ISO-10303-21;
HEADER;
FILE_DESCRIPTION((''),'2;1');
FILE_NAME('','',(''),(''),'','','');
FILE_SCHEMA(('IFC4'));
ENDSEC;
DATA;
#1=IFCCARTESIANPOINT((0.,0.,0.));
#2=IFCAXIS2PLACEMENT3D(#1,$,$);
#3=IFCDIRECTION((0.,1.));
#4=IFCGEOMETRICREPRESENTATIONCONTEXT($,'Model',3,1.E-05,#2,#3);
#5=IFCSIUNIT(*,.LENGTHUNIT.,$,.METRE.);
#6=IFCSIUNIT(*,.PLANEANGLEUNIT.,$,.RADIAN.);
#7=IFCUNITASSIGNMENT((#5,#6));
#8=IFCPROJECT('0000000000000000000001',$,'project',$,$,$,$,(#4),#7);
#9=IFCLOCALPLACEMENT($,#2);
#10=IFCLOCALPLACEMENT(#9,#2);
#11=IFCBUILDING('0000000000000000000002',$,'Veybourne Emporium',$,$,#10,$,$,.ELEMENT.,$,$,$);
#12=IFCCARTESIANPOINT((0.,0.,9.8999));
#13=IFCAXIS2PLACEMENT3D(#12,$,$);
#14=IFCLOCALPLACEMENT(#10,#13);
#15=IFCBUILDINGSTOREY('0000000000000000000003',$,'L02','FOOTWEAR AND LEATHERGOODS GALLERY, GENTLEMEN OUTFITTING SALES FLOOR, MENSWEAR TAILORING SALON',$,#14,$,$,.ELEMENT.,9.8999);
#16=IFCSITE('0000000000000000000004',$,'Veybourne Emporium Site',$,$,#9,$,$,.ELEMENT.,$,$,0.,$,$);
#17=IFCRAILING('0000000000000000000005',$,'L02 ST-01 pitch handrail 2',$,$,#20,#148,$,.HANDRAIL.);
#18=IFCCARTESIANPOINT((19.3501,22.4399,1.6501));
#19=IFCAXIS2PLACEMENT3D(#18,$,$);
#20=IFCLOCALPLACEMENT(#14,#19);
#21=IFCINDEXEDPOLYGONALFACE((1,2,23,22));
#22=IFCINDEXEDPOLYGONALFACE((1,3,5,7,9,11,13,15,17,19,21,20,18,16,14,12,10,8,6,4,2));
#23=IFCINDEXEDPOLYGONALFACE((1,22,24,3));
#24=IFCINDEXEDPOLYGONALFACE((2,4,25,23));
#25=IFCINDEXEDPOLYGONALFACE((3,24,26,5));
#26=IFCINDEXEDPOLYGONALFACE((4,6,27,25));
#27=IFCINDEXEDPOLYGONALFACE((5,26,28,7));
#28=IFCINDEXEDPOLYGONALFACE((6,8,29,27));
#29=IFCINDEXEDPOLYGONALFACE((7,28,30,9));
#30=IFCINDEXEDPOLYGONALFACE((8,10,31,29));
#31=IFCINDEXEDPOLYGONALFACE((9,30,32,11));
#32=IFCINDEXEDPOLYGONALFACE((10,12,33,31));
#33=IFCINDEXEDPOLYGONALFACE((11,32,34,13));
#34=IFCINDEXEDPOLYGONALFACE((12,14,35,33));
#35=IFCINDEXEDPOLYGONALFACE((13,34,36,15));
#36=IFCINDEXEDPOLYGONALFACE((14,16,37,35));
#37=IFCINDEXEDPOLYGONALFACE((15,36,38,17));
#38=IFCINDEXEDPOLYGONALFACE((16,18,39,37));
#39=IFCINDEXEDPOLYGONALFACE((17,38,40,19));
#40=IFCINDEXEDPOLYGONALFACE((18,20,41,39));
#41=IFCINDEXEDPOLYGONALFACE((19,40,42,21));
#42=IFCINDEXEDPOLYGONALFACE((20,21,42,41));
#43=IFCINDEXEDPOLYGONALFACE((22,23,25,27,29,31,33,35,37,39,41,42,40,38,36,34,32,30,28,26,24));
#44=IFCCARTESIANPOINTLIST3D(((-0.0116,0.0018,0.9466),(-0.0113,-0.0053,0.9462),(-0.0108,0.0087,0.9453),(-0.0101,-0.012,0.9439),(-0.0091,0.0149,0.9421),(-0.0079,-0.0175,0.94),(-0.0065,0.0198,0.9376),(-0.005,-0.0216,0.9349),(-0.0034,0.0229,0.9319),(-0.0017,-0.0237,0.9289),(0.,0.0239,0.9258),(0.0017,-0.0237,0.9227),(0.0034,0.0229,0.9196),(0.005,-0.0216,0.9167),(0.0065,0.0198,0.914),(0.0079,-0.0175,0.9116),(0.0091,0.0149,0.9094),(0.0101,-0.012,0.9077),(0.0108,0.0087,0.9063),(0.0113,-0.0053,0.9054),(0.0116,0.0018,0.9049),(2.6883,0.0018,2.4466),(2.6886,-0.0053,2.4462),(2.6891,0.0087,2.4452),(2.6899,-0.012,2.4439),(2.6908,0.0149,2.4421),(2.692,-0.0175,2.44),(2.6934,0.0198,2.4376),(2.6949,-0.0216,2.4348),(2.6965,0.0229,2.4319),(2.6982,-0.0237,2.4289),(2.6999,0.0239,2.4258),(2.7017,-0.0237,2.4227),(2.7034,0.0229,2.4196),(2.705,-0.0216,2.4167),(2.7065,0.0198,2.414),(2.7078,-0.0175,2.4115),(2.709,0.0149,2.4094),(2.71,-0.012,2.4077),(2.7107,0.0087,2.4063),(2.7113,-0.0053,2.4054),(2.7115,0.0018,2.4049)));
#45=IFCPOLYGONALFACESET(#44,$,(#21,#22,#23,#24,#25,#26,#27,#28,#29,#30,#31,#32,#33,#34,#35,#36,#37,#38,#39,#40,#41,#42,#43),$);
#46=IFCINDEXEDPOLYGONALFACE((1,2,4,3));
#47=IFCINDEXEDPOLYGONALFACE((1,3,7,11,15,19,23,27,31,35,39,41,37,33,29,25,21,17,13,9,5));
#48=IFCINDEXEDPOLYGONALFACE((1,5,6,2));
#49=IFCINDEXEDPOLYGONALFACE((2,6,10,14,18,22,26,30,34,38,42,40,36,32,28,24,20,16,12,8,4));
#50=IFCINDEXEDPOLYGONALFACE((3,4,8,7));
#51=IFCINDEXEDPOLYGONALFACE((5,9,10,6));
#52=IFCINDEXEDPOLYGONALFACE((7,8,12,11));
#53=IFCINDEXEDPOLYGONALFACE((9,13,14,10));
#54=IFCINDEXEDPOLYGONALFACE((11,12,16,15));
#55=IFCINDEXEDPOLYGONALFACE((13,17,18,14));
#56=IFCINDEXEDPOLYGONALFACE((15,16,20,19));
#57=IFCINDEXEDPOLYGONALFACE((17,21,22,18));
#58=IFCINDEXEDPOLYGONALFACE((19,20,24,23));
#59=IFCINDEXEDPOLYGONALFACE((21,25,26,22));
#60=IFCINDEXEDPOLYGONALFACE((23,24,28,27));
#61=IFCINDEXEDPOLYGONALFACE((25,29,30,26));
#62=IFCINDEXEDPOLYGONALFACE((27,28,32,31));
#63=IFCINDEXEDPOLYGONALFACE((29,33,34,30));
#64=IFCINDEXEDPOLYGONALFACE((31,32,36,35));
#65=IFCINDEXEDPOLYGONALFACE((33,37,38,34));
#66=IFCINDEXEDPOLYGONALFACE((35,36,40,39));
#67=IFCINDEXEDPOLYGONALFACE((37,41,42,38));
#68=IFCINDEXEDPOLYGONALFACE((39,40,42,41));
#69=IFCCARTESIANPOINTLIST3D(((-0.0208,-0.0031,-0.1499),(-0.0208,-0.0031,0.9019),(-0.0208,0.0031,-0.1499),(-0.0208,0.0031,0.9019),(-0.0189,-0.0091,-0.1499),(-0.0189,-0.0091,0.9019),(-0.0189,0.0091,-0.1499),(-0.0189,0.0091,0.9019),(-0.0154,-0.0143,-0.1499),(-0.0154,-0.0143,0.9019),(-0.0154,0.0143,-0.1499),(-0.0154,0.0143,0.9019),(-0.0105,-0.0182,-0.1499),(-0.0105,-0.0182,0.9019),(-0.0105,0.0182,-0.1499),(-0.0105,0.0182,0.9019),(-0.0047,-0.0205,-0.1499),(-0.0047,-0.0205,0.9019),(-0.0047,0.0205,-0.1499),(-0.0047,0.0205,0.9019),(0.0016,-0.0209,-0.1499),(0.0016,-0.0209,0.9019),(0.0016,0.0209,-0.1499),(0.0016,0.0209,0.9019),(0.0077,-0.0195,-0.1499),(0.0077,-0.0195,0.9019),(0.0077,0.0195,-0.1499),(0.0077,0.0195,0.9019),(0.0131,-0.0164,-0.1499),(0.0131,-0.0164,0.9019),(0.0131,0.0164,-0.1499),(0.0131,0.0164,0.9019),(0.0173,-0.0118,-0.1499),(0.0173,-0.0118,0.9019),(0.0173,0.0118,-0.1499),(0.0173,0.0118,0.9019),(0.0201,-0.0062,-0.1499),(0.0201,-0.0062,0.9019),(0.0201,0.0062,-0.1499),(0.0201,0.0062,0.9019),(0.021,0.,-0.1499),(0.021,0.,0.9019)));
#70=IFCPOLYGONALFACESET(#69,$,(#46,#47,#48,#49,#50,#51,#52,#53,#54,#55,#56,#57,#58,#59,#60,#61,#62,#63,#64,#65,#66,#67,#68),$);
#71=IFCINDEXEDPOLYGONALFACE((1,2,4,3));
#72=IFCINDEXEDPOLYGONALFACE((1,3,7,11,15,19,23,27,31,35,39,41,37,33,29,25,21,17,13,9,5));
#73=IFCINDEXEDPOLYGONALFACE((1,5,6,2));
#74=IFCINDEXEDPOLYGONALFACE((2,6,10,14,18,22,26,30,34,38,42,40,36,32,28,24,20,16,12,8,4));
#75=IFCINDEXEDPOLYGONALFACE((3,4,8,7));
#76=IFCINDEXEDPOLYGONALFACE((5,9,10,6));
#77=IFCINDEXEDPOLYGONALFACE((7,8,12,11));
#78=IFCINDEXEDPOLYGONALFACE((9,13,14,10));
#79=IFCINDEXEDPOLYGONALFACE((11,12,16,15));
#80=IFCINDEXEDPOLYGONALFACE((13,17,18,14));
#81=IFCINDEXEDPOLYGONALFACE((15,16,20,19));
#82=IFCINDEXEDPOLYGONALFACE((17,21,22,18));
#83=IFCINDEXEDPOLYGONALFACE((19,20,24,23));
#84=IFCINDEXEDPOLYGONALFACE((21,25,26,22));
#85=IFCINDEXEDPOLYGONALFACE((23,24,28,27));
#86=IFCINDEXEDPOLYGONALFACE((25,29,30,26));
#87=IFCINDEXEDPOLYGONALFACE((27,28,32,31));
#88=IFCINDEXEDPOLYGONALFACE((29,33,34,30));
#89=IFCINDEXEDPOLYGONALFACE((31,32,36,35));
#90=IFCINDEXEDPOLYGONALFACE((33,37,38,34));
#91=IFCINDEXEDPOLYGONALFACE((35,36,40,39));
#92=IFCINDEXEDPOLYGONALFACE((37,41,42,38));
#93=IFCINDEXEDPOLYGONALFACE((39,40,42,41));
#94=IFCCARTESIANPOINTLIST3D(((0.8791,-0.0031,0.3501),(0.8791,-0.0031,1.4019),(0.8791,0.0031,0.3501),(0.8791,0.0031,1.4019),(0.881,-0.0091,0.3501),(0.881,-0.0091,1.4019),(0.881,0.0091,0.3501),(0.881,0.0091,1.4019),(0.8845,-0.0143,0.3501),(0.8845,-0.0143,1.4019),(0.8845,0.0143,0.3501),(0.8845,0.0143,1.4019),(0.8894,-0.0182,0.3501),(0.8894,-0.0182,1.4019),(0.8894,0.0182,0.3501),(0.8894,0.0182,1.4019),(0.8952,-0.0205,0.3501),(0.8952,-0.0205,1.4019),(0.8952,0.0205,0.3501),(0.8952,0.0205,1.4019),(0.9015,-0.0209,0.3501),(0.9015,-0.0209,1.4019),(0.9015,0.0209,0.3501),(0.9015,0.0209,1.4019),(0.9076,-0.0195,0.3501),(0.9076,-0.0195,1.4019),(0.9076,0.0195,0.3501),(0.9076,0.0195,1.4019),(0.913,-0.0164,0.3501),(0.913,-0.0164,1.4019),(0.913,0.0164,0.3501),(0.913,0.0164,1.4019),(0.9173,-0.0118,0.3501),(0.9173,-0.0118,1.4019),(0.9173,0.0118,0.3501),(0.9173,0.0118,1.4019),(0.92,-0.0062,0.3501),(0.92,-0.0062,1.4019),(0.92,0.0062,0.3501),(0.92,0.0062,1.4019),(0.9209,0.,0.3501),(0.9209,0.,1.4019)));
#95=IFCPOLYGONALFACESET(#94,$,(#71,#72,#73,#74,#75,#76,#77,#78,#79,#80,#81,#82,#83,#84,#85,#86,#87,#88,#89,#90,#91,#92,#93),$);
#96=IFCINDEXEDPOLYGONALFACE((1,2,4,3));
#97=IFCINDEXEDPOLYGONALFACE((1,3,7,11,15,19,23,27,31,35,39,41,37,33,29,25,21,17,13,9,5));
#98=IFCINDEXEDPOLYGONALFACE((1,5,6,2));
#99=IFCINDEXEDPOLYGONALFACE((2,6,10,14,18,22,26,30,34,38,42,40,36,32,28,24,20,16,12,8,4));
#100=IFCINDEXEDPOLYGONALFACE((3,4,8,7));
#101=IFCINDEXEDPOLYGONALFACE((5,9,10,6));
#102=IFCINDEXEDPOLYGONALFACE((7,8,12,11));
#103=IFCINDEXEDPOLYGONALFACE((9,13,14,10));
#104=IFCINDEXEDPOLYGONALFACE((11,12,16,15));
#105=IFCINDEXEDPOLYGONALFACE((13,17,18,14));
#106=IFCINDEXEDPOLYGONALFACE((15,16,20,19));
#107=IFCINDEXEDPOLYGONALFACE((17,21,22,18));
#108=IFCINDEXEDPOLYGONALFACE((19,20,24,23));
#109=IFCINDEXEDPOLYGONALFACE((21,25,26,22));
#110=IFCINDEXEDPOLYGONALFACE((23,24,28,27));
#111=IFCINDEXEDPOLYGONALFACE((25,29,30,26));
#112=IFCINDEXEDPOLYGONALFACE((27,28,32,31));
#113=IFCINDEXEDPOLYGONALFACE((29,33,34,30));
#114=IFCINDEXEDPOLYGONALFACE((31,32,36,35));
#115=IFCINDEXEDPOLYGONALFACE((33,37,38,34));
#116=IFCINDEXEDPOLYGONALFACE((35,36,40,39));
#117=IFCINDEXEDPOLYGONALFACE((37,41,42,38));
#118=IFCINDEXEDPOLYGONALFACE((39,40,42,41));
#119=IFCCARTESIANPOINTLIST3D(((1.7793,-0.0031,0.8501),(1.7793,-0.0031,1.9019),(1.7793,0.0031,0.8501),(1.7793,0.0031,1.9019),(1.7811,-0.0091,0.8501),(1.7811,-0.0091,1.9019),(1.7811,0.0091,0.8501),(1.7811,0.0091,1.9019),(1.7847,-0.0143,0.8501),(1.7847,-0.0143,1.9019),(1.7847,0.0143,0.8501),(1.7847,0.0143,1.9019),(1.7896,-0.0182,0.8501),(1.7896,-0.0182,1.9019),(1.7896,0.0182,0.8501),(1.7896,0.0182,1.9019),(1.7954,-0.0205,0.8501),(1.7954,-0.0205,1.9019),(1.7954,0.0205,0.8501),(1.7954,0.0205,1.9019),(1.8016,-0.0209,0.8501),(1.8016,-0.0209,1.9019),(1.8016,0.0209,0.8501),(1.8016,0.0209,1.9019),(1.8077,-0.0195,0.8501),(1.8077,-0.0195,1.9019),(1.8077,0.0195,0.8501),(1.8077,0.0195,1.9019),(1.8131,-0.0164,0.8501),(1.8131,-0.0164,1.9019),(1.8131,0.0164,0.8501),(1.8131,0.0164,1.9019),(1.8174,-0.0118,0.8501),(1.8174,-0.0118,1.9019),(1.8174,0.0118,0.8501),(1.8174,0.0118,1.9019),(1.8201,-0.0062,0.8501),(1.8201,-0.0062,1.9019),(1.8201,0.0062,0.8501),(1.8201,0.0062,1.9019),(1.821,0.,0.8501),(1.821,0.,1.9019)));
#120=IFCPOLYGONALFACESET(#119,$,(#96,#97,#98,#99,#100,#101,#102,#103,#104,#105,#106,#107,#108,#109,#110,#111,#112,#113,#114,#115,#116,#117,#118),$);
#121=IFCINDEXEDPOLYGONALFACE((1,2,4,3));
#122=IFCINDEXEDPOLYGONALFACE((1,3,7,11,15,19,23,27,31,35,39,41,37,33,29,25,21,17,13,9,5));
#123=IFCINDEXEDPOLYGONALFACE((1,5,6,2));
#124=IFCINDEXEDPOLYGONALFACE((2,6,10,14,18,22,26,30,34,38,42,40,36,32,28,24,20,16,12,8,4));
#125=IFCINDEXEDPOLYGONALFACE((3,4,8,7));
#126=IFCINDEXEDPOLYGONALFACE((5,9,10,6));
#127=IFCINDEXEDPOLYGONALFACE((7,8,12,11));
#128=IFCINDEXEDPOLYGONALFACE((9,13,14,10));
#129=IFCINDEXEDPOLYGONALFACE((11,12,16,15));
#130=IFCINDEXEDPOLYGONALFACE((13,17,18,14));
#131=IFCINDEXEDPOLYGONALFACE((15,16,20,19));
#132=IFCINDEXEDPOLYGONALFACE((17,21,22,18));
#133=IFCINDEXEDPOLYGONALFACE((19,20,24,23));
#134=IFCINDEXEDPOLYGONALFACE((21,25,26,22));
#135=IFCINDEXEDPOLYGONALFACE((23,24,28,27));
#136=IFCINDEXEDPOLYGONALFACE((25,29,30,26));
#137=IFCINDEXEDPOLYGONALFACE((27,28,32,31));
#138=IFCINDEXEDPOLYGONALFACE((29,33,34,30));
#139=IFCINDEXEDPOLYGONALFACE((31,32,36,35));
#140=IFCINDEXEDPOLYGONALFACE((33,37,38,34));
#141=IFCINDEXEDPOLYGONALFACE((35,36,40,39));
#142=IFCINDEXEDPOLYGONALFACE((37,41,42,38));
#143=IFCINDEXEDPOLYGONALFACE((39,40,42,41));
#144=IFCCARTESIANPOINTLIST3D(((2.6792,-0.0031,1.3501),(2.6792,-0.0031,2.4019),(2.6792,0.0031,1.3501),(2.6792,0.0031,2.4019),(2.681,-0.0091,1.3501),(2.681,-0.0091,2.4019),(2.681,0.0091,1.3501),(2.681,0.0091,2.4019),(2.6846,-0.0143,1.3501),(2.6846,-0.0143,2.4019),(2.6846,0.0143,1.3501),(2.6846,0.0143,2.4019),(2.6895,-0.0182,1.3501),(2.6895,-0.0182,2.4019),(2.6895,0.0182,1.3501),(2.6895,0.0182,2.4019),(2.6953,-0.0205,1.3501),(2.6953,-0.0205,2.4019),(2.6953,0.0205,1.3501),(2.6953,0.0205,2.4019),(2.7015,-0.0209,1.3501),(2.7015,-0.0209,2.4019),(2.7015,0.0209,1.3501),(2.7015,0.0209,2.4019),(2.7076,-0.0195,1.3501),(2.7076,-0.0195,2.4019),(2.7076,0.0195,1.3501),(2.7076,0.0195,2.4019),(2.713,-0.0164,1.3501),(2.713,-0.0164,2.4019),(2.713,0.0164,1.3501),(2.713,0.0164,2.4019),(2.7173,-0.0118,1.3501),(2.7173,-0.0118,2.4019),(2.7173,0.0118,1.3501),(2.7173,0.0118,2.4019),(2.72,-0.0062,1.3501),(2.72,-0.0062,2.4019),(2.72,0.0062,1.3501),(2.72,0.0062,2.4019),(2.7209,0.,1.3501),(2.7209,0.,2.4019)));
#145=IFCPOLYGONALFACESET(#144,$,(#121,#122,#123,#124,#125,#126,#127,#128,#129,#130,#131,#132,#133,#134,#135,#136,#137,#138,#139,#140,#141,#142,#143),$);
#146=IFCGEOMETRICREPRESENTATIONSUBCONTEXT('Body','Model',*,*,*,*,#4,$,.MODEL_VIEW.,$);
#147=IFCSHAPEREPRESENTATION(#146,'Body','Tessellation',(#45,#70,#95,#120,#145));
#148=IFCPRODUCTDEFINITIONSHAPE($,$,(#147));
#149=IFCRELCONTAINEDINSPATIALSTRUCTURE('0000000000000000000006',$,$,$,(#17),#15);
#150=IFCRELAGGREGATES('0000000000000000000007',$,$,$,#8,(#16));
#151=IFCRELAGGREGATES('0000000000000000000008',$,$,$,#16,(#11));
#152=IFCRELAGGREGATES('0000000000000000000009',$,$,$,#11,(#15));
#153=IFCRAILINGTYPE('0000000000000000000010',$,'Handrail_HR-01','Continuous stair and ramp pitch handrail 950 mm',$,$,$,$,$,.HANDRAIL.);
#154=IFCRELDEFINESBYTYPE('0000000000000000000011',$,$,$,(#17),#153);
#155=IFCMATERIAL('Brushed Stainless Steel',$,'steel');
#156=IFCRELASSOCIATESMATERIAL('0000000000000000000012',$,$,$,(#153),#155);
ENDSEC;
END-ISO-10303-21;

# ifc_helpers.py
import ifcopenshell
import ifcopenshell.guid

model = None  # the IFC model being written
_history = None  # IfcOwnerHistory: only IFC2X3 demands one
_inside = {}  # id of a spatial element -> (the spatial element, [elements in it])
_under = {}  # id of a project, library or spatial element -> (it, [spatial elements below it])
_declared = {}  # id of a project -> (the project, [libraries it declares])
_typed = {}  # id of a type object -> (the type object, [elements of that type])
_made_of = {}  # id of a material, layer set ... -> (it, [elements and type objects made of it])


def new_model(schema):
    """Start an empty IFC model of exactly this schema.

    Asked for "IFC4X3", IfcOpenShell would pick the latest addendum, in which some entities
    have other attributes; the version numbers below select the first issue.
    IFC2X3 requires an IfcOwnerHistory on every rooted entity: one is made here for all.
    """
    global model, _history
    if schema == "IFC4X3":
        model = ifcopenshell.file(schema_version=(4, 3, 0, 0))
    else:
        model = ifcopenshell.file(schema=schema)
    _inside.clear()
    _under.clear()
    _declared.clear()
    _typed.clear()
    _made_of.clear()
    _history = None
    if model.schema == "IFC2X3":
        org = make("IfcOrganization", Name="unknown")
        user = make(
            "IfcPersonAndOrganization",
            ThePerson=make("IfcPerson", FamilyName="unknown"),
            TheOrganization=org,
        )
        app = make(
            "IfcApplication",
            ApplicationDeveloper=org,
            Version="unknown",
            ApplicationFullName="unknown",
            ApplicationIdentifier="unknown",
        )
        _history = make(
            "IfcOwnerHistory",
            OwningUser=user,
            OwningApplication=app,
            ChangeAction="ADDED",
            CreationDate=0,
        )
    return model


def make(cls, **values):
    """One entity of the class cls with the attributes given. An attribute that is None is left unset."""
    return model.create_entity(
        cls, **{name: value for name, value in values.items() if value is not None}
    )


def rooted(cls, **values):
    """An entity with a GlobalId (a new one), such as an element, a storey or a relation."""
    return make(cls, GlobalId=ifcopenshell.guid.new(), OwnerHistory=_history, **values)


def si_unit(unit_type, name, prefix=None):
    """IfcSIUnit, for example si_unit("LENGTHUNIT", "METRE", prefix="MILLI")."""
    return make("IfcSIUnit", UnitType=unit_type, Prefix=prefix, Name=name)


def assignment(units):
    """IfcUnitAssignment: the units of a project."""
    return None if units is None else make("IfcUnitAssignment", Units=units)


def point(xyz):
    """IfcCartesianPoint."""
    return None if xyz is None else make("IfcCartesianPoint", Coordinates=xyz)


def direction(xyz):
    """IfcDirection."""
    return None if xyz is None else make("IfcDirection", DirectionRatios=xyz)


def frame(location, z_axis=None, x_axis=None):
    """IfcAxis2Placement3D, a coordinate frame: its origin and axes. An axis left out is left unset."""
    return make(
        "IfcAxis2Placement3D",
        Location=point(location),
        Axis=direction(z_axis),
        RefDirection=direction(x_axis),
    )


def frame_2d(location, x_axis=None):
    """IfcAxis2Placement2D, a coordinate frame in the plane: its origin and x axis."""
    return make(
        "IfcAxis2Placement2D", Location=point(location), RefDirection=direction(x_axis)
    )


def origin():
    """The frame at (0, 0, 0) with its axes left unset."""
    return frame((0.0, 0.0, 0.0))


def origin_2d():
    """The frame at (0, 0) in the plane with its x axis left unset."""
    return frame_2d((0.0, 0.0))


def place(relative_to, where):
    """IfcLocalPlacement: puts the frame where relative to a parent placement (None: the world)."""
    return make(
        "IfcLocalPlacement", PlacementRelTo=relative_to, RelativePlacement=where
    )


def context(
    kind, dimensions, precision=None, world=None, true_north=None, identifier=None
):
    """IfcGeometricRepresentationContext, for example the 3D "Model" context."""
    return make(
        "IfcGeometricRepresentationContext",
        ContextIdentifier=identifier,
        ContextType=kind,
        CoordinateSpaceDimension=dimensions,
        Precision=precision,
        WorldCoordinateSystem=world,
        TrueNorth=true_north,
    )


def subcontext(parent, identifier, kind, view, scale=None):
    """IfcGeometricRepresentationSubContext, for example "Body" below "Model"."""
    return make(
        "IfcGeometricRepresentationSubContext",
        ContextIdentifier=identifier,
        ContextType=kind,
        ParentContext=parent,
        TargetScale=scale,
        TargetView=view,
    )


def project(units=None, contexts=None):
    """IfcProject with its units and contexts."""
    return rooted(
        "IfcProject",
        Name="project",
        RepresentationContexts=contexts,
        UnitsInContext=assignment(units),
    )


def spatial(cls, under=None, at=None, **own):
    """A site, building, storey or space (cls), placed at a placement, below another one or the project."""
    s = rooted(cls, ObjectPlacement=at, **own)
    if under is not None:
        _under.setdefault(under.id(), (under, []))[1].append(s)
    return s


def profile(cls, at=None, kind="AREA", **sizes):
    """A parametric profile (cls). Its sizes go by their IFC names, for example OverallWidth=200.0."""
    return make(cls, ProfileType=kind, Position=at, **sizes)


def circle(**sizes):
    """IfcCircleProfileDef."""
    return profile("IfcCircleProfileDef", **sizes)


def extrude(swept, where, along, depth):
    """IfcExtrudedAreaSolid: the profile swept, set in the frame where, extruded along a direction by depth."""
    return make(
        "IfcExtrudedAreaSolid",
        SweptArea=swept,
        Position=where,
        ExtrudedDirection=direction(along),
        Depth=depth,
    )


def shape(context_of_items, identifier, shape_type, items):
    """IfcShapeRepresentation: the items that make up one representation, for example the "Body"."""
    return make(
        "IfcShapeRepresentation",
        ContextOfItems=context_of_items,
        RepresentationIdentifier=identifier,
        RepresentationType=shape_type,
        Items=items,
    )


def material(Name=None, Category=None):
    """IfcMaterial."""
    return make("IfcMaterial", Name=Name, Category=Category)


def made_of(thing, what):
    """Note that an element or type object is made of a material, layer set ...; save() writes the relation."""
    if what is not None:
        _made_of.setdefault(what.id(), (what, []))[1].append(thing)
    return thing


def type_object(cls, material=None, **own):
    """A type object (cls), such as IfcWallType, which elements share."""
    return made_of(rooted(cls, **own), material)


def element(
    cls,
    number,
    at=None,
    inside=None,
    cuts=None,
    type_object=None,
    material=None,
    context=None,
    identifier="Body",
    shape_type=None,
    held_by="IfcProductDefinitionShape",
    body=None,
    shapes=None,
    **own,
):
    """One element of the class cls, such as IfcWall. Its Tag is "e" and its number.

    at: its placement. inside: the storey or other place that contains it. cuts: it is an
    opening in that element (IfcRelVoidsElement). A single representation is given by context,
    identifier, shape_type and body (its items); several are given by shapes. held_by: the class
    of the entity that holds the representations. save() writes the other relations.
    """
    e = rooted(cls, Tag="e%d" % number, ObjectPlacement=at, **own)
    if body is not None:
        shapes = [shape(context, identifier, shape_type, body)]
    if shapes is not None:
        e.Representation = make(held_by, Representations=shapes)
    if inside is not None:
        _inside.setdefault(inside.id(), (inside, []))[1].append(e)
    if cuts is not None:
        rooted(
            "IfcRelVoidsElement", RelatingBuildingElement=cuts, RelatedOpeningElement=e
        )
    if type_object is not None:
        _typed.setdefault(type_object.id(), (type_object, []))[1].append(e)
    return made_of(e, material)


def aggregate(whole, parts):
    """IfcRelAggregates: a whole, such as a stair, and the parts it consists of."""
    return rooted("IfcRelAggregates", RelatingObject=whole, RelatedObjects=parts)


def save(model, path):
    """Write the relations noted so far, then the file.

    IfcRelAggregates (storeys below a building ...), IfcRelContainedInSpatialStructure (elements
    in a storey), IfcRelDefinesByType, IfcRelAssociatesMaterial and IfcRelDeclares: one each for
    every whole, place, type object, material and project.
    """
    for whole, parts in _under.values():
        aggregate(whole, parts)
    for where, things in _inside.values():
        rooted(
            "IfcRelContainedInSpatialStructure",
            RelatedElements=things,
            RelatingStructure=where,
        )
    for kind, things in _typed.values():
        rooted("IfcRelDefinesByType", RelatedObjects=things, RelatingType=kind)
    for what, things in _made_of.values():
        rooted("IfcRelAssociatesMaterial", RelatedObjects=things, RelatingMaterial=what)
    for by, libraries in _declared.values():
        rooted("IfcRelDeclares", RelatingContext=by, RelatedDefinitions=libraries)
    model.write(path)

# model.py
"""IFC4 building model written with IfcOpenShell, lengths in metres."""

from ifc_helpers import new_model, si_unit, direction, frame, origin, origin_2d, place, context, subcontext, project, spatial, circle, extrude, material, type_object, element, save


model = new_model("IFC4")

# Units and contexts
model_context = context("Model", 3, precision=1e-05, world=origin(), true_north=direction((0.0, 1.0)))
body_context = subcontext(model_context, "Body", "Model", "MODEL_VIEW")
ifc_project = project(units=[si_unit("LENGTHUNIT", "METRE"), si_unit("PLANEANGLEUNIT", "RADIAN")], contexts=[model_context])

# Site, building, storey
site_placement = place(None, origin())
site = spatial("IfcSite", under=ifc_project, at=site_placement, Name="Veybourne Emporium Site", CompositionType="ELEMENT", RefElevation=0.0)
building_placement = place(site_placement, origin())
building = spatial("IfcBuilding", under=site, at=building_placement, Name="Veybourne Emporium", CompositionType="ELEMENT")
storey_placement = place(building_placement, frame((0.0, 0.0, 9.8999)))
storey = spatial("IfcBuildingStorey", under=building, at=storey_placement, Name="L02", Description="FOOTWEAR AND LEATHERGOODS GALLERY, GENTLEMEN OUTFITTING SALES FLOOR, MENSWEAR TAILORING SALON", CompositionType="ELEMENT", Elevation=9.8999)

# Railing
ifc_material_1 = material(Name="Brushed Stainless Steel", Category="steel")
railing_type_1 = type_object("IfcRailingType", Name="Handrail_HR-01", Description="Continuous stair and ramp pitch handrail 950 mm", PredefinedType="HANDRAIL", material=ifc_material_1)
railing_1_placement = place(storey_placement, frame((19.3501, 22.4399, 1.6501)))
element("IfcRailing", 1, at=railing_1_placement, inside=storey, type_object=railing_type_1, Name="L02 ST-01 pitch handrail 2", PredefinedType="HANDRAIL", context=body_context, shape_type="SweptSolid", body=[
    extrude(circle(Radius=0.0239, at=origin_2d()), frame((0.0, 0.0, 0.9258), z_axis=(0.874154, 0.0, 0.48565), x_axis=(0.0, 1.0, 0.0)), (0.0, 0.0, 1.0), 3.0886),
    extrude(circle(Radius=0.021, at=origin_2d()), frame((0.0, 0.0, -0.1499)), (0.0, 0.0, 1.0), 1.0518),
    extrude(circle(Radius=0.021, at=origin_2d()), frame((0.8999, 0.0, 0.3501)), (0.0, 0.0, 1.0), 1.0518),
    extrude(circle(Radius=0.021, at=origin_2d()), frame((1.8, 0.0, 0.8501)), (0.0, 0.0, 1.0), 1.0518),
    extrude(circle(Radius=0.021, at=origin_2d()), frame((2.7, 0.0, 1.3501)), (0.0, 0.0, 1.0), 1.0518),
])

save(model, "model.ifc")
